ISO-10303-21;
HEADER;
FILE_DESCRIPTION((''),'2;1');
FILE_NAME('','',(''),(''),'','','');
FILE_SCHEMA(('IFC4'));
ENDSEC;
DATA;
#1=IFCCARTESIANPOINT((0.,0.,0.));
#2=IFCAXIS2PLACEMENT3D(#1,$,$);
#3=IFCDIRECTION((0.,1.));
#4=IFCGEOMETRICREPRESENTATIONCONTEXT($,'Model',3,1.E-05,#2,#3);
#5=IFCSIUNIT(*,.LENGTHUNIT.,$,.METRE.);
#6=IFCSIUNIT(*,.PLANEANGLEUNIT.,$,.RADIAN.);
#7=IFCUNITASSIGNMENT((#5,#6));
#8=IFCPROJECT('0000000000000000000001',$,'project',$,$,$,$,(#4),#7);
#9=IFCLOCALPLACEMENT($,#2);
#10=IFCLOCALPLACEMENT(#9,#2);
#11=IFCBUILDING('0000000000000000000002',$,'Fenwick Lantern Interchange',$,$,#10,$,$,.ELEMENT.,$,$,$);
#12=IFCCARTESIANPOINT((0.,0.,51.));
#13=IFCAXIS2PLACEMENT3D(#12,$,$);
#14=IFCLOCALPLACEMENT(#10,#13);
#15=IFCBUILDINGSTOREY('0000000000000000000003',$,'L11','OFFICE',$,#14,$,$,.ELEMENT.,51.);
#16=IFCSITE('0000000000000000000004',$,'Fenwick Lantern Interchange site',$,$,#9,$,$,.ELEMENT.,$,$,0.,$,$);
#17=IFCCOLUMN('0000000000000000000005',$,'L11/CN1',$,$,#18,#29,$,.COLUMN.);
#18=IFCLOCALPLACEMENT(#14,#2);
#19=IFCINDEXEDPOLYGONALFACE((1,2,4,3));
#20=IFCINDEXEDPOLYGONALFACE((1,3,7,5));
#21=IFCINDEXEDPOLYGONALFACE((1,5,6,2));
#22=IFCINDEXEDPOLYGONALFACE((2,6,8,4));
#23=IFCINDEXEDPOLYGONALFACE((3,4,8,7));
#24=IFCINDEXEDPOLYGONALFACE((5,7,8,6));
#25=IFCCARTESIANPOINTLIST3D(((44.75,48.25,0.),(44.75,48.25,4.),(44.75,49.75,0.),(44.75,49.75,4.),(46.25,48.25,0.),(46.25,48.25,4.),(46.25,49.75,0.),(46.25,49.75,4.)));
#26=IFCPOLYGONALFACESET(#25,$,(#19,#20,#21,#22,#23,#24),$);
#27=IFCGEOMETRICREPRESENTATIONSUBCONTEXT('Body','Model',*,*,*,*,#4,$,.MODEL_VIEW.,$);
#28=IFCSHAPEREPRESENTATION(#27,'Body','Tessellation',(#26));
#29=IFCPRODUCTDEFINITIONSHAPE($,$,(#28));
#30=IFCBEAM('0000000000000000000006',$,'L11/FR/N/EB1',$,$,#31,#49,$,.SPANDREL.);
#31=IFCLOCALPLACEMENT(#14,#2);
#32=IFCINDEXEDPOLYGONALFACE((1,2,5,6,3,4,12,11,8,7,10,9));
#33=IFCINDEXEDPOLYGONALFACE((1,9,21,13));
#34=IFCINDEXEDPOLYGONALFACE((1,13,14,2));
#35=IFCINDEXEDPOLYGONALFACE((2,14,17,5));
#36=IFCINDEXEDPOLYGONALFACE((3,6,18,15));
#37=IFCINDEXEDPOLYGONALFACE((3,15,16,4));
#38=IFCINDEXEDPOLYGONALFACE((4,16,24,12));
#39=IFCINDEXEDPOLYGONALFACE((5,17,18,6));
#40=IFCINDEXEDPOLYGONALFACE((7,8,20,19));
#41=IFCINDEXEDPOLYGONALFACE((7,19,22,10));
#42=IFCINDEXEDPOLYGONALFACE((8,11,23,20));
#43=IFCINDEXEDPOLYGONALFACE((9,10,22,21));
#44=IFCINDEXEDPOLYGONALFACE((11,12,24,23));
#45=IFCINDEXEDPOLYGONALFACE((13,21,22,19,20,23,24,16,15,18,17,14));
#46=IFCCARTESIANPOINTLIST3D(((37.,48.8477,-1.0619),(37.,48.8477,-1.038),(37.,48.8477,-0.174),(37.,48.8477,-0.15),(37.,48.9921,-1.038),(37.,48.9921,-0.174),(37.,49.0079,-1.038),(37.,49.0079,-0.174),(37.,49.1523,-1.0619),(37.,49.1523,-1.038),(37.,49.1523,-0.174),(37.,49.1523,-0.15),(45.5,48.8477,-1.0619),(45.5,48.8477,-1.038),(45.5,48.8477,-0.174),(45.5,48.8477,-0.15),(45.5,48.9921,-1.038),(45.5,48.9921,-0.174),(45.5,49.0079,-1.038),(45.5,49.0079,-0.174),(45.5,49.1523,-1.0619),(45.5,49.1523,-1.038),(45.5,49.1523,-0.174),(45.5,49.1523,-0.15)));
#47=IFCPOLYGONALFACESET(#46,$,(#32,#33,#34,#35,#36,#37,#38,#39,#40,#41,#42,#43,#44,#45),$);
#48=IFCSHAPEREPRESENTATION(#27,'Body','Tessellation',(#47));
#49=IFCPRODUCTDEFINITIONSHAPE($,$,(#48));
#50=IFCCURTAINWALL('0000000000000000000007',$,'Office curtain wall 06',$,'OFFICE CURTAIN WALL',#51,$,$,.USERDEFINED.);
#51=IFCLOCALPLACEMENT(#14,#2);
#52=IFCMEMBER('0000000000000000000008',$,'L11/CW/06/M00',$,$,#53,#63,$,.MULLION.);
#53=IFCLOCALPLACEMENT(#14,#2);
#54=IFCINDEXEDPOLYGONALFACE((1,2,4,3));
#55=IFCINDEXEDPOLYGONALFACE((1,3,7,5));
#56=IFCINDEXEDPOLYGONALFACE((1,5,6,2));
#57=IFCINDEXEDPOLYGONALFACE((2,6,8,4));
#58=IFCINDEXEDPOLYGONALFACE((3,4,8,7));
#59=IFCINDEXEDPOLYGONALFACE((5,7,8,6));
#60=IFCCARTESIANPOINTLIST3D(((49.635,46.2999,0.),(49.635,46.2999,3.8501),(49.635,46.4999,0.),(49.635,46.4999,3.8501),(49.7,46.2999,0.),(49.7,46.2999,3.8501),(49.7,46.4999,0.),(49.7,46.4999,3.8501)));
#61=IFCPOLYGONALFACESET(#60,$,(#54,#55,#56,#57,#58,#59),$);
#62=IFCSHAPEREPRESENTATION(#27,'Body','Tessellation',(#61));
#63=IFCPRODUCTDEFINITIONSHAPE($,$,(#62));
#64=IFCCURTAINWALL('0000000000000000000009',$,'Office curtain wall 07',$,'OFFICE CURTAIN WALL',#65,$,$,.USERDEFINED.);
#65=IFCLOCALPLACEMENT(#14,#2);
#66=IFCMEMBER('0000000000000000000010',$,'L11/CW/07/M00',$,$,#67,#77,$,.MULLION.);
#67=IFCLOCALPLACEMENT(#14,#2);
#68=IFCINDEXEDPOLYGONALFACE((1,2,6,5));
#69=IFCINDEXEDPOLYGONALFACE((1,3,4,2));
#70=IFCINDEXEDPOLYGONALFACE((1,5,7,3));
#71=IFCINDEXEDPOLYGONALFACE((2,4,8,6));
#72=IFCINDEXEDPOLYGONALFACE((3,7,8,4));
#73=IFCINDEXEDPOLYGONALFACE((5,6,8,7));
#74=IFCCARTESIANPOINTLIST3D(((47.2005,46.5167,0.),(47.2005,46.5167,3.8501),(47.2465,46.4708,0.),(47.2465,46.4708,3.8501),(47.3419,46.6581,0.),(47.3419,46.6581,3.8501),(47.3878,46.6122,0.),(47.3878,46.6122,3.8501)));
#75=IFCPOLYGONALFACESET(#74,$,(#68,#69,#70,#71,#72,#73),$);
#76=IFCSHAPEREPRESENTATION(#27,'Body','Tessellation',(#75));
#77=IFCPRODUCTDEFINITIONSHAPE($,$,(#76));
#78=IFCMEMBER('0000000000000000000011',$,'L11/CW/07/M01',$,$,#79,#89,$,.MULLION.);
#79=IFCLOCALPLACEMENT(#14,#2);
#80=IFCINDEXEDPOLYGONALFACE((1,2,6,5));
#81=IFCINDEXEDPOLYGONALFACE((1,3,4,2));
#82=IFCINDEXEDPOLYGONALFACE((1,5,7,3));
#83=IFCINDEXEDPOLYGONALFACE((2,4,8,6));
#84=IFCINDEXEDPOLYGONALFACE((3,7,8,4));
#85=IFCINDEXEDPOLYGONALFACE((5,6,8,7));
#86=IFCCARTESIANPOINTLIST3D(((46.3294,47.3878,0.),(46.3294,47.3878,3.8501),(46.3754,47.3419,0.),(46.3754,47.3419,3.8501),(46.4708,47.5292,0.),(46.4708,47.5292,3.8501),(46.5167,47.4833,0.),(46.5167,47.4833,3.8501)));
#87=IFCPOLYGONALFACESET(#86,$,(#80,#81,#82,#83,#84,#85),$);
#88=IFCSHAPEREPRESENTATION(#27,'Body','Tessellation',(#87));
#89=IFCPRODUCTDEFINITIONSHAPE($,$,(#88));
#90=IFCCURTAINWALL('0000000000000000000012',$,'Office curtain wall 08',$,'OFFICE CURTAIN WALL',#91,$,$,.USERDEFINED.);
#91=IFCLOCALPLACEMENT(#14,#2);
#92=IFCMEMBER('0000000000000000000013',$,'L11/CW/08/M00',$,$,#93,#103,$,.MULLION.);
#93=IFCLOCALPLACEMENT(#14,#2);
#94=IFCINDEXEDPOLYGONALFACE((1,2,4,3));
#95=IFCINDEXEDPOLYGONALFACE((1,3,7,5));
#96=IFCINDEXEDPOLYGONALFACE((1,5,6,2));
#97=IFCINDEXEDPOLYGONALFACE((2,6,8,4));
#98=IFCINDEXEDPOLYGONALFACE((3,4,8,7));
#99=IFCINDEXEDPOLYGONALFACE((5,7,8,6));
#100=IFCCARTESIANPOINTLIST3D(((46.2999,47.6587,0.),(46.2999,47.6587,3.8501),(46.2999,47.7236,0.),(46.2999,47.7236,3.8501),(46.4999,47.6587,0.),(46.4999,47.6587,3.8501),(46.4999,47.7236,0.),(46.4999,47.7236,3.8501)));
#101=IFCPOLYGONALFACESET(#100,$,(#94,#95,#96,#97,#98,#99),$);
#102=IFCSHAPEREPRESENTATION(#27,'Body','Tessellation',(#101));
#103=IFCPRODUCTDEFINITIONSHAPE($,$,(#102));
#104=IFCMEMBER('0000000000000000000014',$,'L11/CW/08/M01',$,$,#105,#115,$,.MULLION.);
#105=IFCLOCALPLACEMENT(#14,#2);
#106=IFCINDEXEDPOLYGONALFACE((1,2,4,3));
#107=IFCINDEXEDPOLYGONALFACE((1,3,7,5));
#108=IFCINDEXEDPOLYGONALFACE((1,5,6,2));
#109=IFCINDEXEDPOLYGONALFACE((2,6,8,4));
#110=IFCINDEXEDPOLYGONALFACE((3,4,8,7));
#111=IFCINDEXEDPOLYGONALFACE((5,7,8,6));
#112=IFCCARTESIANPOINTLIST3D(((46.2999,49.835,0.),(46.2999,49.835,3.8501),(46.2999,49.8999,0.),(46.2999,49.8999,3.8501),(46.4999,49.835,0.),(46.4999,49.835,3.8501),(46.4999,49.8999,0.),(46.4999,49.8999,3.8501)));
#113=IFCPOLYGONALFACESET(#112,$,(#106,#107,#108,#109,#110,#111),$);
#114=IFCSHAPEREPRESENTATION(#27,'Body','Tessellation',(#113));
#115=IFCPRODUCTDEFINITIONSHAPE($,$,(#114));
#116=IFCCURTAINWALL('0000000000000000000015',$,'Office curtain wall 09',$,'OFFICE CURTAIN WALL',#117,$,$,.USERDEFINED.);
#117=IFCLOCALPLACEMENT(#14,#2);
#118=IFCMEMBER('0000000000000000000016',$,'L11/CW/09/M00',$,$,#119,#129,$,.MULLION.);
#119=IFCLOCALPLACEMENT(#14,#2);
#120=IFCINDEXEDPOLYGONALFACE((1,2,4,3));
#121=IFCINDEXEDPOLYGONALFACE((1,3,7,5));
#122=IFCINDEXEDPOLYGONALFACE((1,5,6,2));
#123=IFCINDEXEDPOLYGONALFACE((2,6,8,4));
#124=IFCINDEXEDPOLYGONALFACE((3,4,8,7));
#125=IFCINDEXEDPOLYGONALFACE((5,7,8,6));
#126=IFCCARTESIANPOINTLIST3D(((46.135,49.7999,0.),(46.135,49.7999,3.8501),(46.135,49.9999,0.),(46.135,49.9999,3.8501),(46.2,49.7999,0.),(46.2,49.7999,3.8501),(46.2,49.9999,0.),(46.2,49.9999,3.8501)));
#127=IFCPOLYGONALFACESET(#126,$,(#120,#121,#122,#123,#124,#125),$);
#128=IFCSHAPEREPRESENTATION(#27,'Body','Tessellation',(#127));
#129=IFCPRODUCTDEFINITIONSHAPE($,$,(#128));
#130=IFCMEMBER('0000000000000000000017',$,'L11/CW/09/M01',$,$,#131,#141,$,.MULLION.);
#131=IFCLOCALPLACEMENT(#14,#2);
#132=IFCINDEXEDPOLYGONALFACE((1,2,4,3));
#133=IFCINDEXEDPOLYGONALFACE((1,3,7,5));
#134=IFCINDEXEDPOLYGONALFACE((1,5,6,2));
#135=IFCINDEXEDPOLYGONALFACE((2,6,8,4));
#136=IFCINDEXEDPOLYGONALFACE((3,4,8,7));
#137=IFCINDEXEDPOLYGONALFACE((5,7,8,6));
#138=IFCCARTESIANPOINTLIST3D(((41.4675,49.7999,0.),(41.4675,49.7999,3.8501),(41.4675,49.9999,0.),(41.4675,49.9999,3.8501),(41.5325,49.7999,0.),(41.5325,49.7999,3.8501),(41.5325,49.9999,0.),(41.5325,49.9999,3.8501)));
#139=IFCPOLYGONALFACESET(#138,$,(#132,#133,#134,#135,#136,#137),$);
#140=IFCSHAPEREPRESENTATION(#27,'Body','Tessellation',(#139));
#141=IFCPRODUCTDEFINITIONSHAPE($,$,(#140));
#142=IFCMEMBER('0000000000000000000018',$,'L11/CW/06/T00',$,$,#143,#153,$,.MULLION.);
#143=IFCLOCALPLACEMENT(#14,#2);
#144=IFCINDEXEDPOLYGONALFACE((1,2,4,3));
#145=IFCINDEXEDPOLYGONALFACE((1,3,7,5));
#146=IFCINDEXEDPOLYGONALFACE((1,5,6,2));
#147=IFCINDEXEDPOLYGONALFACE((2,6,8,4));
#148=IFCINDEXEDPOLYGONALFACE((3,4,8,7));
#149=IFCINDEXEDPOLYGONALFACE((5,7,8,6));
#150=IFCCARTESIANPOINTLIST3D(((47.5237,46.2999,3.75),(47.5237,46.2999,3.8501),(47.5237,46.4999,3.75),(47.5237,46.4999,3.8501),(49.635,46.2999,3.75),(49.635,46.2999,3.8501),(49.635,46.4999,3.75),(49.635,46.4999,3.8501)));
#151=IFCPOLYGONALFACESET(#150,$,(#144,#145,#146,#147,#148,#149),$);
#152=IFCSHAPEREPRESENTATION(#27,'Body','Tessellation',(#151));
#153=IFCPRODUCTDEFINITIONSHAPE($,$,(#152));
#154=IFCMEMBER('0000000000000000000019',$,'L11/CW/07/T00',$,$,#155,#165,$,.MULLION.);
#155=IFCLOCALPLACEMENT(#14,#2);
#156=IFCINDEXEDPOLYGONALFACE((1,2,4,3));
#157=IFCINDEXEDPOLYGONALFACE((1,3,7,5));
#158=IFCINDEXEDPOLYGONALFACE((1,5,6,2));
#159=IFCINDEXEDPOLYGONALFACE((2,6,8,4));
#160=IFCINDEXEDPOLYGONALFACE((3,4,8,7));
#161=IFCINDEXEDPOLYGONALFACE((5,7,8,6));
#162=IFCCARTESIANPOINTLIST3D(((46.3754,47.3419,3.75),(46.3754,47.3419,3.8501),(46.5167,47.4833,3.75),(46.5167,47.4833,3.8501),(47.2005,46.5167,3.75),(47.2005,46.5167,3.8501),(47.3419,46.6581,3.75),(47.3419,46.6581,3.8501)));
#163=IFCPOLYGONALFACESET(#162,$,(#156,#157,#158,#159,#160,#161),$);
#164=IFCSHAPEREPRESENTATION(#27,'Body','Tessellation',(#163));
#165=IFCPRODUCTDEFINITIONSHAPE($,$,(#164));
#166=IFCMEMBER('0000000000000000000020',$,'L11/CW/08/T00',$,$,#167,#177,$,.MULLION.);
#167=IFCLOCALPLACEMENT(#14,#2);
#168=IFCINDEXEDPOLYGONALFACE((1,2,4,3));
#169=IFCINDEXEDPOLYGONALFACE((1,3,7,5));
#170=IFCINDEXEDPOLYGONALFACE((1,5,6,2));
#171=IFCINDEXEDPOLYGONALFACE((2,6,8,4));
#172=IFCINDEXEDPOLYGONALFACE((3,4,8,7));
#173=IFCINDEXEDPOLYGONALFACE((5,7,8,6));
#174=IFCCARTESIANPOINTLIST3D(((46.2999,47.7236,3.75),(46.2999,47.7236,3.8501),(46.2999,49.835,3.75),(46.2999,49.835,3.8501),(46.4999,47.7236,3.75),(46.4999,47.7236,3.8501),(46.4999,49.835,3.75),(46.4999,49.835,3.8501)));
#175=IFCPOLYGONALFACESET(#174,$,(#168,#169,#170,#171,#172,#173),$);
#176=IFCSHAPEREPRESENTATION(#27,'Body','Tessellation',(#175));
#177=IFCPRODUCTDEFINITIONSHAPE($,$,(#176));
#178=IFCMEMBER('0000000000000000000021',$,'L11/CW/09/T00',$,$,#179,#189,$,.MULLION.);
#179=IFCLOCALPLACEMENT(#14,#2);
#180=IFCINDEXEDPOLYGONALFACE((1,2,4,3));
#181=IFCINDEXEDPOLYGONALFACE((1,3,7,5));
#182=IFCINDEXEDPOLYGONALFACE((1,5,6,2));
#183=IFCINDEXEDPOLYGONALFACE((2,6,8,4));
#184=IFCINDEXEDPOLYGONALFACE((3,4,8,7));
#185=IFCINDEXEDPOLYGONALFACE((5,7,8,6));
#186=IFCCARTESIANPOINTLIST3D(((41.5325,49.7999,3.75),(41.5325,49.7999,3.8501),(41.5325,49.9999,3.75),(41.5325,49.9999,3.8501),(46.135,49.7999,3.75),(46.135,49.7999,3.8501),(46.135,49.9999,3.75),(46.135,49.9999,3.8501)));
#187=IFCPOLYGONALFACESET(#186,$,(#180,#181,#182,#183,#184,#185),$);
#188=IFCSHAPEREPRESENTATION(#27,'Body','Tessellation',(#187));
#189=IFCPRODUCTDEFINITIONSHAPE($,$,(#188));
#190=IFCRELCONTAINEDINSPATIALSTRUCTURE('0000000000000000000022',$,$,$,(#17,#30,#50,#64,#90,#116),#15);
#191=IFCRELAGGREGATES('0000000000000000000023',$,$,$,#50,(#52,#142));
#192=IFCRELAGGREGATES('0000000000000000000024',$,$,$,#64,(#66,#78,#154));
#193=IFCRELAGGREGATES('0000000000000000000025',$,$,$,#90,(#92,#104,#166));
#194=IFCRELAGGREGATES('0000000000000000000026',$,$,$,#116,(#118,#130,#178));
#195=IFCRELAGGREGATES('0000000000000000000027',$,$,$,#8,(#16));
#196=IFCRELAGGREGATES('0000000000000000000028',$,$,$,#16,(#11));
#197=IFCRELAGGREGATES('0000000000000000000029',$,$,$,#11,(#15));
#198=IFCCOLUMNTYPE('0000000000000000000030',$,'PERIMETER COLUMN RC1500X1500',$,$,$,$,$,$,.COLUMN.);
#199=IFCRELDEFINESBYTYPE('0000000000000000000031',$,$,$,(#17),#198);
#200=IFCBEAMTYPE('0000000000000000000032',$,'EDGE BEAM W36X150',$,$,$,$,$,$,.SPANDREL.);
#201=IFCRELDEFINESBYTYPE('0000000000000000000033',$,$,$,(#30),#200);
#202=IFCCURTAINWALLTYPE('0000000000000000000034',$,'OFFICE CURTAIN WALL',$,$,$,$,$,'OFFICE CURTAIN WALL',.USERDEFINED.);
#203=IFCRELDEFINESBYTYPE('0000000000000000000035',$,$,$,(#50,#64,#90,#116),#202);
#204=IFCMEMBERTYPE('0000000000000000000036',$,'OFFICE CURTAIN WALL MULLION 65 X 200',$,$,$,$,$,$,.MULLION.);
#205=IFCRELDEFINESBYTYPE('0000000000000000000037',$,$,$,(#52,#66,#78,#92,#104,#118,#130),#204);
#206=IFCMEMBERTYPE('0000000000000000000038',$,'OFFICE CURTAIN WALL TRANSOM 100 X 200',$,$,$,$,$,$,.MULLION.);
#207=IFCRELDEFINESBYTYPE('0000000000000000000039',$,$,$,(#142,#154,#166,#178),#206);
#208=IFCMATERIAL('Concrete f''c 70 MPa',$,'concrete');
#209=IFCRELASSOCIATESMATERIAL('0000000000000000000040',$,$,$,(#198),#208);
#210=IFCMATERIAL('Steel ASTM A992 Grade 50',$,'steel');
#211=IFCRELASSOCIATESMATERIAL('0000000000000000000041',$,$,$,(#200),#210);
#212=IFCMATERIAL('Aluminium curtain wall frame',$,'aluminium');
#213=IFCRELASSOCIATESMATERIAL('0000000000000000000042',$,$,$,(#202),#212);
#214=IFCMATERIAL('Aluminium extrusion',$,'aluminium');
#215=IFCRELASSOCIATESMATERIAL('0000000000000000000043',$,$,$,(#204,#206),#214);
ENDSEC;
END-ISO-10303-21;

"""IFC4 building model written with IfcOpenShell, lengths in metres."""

from ifc_helpers import new_model, si_unit, direction, frame, origin, origin_2d, place, context, subcontext, project, spatial, rectangle, i_section, extrude, material, material_profile, profile_set, type_object, element, aggregate, save


model = new_model("IFC4")

# Units and contexts
model_context = context("Model", 3, precision=1e-05, world=origin(), true_north=direction((0.0, 1.0)))
body_context = subcontext(model_context, "Body", "Model", "MODEL_VIEW")
ifc_project = project(units=[si_unit("LENGTHUNIT", "METRE"), si_unit("PLANEANGLEUNIT", "RADIAN")], contexts=[model_context])

# Site, building, storey
site_placement = place(None, origin())
site = spatial("IfcSite", under=ifc_project, at=site_placement, Name="Fenwick Lantern Interchange site", CompositionType="ELEMENT", RefElevation=0.0)
building_placement = place(site_placement, origin())
building = spatial("IfcBuilding", under=site, at=building_placement, Name="Fenwick Lantern Interchange", CompositionType="ELEMENT")
storey_placement = place(building_placement, frame((0.0, 0.0, 51.0)))
storey = spatial("IfcBuildingStorey", under=building, at=storey_placement, Name="L11", Description="OFFICE", CompositionType="ELEMENT", Elevation=51.0)

# Column
ifc_material_1 = material(Name="Concrete f'c 70 MPa", Category="concrete")
ifc_material_profile_1 = material_profile(ifc_material_1, rectangle(XDim=1.5, YDim=1.5, at=origin_2d()), Name="RC1500X1500")
ifc_profile_set_1 = profile_set([ifc_material_profile_1], Name="Concrete f'c 70 MPa")
column_type = type_object("IfcColumnType", Name="PERIMETER COLUMN RC1500X1500", PredefinedType="COLUMN", material=ifc_profile_set_1)
column_placement = place(storey_placement, frame((45.5, 49.0, 0.0), z_axis=(0.0, 0.0, 1.0), x_axis=(1.0, 0.0, 0.0)))
element("IfcColumn", 1, at=column_placement, inside=storey, type_object=column_type, Name="L11/CN1", PredefinedType="COLUMN", context=body_context, shape_type="SweptSolid", body=[
    extrude(rectangle(XDim=1.5, YDim=1.5, at=origin_2d()), origin(), (0.0, 0.0, 1.0), 4.0),
])

# Beam
ifc_material_2 = material(Name="Steel ASTM A992 Grade 50", Category="steel")
ifc_material_profile_2 = material_profile(ifc_material_2, i_section(OverallWidth=0.3047, OverallDepth=0.9119, WebThickness=0.0159, FlangeThickness=0.0239, at=origin_2d()), Name="W36X150")
ifc_profile_set_2 = profile_set([ifc_material_profile_2], Name="Steel ASTM A992 Grade 50")
beam_type = type_object("IfcBeamType", Name="EDGE BEAM W36X150", PredefinedType="SPANDREL", material=ifc_profile_set_2)
beam_placement = place(storey_placement, frame((45.5, 49.0, -0.606), z_axis=(-1.0, 0.0, 0.0), x_axis=(0.0, -1.0, 0.0)))
element("IfcBeam", 2, at=beam_placement, inside=storey, type_object=beam_type, Name="L11/FR/N/EB1", PredefinedType="SPANDREL", context=body_context, shape_type="SweptSolid", body=[
    extrude(i_section(OverallWidth=0.3047, OverallDepth=0.9119, WebThickness=0.0159, FlangeThickness=0.0239, at=origin_2d()), origin(), (0.0, 0.0, 1.0), 8.5),
])

# Curtain wall, member
ifc_material_3 = material(Name="Aluminium curtain wall frame", Category="aluminium")
curtain_wall_type = type_object("IfcCurtainWallType", Name="OFFICE CURTAIN WALL", ElementType="OFFICE CURTAIN WALL", PredefinedType="USERDEFINED", material=ifc_material_3)
curtain_wall_1_placement = place(storey_placement, origin())
curtain_wall_1 = element("IfcCurtainWall", 3, at=curtain_wall_1_placement, inside=storey, type_object=curtain_wall_type, Name="Office curtain wall 06", ObjectType="OFFICE CURTAIN WALL", PredefinedType="USERDEFINED")
ifc_material_4 = material(Name="Aluminium extrusion", Category="aluminium")
ifc_material_profile_3 = material_profile(ifc_material_4, rectangle(XDim=0.2, YDim=0.0649, at=origin_2d()), Name="OFFICE CURTAIN WALL MULLION 65 X 200")
ifc_profile_set_3 = profile_set([ifc_material_profile_3], Name="Aluminium extrusion")
member_type_1 = type_object("IfcMemberType", Name="OFFICE CURTAIN WALL MULLION 65 X 200", PredefinedType="MULLION", material=ifc_profile_set_3)
member_1_placement = place(storey_placement, frame((49.6675, 46.3999, 0.0), z_axis=(0.0, 0.0, 1.0), x_axis=(0.0, -1.0, 0.0)))
member_1 = element("IfcMember", 4, at=member_1_placement, type_object=member_type_1, Name="L11/CW/06/M00", PredefinedType="MULLION", context=body_context, shape_type="SweptSolid", body=[
    extrude(rectangle(XDim=0.2, YDim=0.0649, at=origin_2d()), origin(), (0.0, 0.0, 1.0), 3.8501),
])

# Curtain walls, members
curtain_wall_2_placement = place(storey_placement, origin())
curtain_wall_2 = element("IfcCurtainWall", 5, at=curtain_wall_2_placement, inside=storey, type_object=curtain_wall_type, Name="Office curtain wall 07", ObjectType="OFFICE CURTAIN WALL", PredefinedType="USERDEFINED")
member_2_placement = place(storey_placement, frame((47.2942, 46.5645, 0.0), z_axis=(0.0, 0.0, 1.0), x_axis=(-0.707107, -0.707107, 0.0)))
member_2 = element("IfcMember", 6, at=member_2_placement, type_object=member_type_1, Name="L11/CW/07/M00", PredefinedType="MULLION", context=body_context, shape_type="SweptSolid", body=[
    extrude(rectangle(XDim=0.2, YDim=0.0649, at=origin_2d()), origin(), (0.0, 0.0, 1.0), 3.8501),
])
member_3_placement = place(storey_placement, frame((46.4231, 47.4355, 0.0), z_axis=(0.0, 0.0, 1.0), x_axis=(-0.707107, -0.707107, 0.0)))
member_3 = element("IfcMember", 7, at=member_3_placement, type_object=member_type_1, Name="L11/CW/07/M01", PredefinedType="MULLION", context=body_context, shape_type="SweptSolid", body=[
    extrude(rectangle(XDim=0.2, YDim=0.0649, at=origin_2d()), origin(), (0.0, 0.0, 1.0), 3.8501),
])
curtain_wall_3_placement = place(storey_placement, origin())
curtain_wall_3 = element("IfcCurtainWall", 8, at=curtain_wall_3_placement, inside=storey, type_object=curtain_wall_type, Name="Office curtain wall 08", ObjectType="OFFICE CURTAIN WALL", PredefinedType="USERDEFINED")
member_4_placement = place(storey_placement, frame((46.3999, 47.6912, 0.0), z_axis=(0.0, 0.0, 1.0), x_axis=(-1.0, 0.0, 0.0)))
member_4 = element("IfcMember", 9, at=member_4_placement, type_object=member_type_1, Name="L11/CW/08/M00", PredefinedType="MULLION", context=body_context, shape_type="SweptSolid", body=[
    extrude(rectangle(XDim=0.2, YDim=0.0649, at=origin_2d()), origin(), (0.0, 0.0, 1.0), 3.8501),
])
member_5_placement = place(storey_placement, frame((46.3999, 49.8674, 0.0), z_axis=(0.0, 0.0, 1.0), x_axis=(-1.0, 0.0, 0.0)))
member_5 = element("IfcMember", 10, at=member_5_placement, type_object=member_type_1, Name="L11/CW/08/M01", PredefinedType="MULLION", context=body_context, shape_type="SweptSolid", body=[
    extrude(rectangle(XDim=0.2, YDim=0.0649, at=origin_2d()), origin(), (0.0, 0.0, 1.0), 3.8501),
])
curtain_wall_4_placement = place(storey_placement, origin())
curtain_wall_4 = element("IfcCurtainWall", 11, at=curtain_wall_4_placement, inside=storey, type_object=curtain_wall_type, Name="Office curtain wall 09", ObjectType="OFFICE CURTAIN WALL", PredefinedType="USERDEFINED")
member_6_placement = place(storey_placement, frame((46.1675, 49.8999, 0.0), z_axis=(0.0, 0.0, 1.0), x_axis=(0.0, -1.0, 0.0)))
member_6 = element("IfcMember", 12, at=member_6_placement, type_object=member_type_1, Name="L11/CW/09/M00", PredefinedType="MULLION", context=body_context, shape_type="SweptSolid", body=[
    extrude(rectangle(XDim=0.2, YDim=0.0649, at=origin_2d()), origin(), (0.0, 0.0, 1.0), 3.8501),
])
member_7_placement = place(storey_placement, frame((41.5, 49.8999, 0.0), z_axis=(0.0, 0.0, 1.0), x_axis=(0.0, -1.0, 0.0)))
member_7 = element("IfcMember", 13, at=member_7_placement, type_object=member_type_1, Name="L11/CW/09/M01", PredefinedType="MULLION", context=body_context, shape_type="SweptSolid", body=[
    extrude(rectangle(XDim=0.2, YDim=0.0649, at=origin_2d()), origin(), (0.0, 0.0, 1.0), 3.8501),
])

# Members
ifc_material_profile_4 = material_profile(ifc_material_4, rectangle(XDim=0.2, YDim=0.1001, at=origin_2d()), Name="OFFICE CURTAIN WALL TRANSOM 100 X 200")
ifc_profile_set_4 = profile_set([ifc_material_profile_4], Name="Aluminium extrusion")
member_type_2 = type_object("IfcMemberType", Name="OFFICE CURTAIN WALL TRANSOM 100 X 200", PredefinedType="MULLION", material=ifc_profile_set_4)
member_8_placement = place(storey_placement, frame((49.635, 46.3999, 3.8), z_axis=(-1.0, 0.0, 0.0), x_axis=(0.0, -1.0, 0.0)))
member_8 = element("IfcMember", 14, at=member_8_placement, type_object=member_type_2, Name="L11/CW/06/T00", PredefinedType="MULLION", context=body_context, shape_type="SweptSolid", body=[
    extrude(rectangle(XDim=0.2, YDim=0.1001, at=origin_2d()), origin(), (0.0, 0.0, 1.0), 2.1113),
])
aggregate(curtain_wall_1, [member_1, member_8])
member_9_placement = place(storey_placement, frame((47.2712, 46.5874, 3.8), z_axis=(-0.707107, 0.707107, 0.0), x_axis=(-0.707107, -0.707107, 0.0)))
member_9 = element("IfcMember", 15, at=member_9_placement, type_object=member_type_2, Name="L11/CW/07/T00", PredefinedType="MULLION", context=body_context, shape_type="SweptSolid", body=[
    extrude(rectangle(XDim=0.2, YDim=0.1001, at=origin_2d()), origin(), (0.0, 0.0, 1.0), 1.167),
])
member_10_placement = place(storey_placement, frame((46.3999, 47.7236, 3.8), z_axis=(0.0, 1.0, 0.0), x_axis=(-1.0, 0.0, 0.0)))
member_10 = element("IfcMember", 16, at=member_10_placement, type_object=member_type_2, Name="L11/CW/08/T00", PredefinedType="MULLION", context=body_context, shape_type="SweptSolid", body=[
    extrude(rectangle(XDim=0.2, YDim=0.1001, at=origin_2d()), origin(), (0.0, 0.0, 1.0), 2.1113),
])
member_11_placement = place(storey_placement, frame((46.135, 49.8999, 3.8), z_axis=(-1.0, 0.0, 0.0), x_axis=(0.0, -1.0, 0.0)))
member_11 = element("IfcMember", 17, at=member_11_placement, type_object=member_type_2, Name="L11/CW/09/T00", PredefinedType="MULLION", context=body_context, shape_type="SweptSolid", body=[
    extrude(rectangle(XDim=0.2, YDim=0.1001, at=origin_2d()), origin(), (0.0, 0.0, 1.0), 4.6025),
])

aggregate(curtain_wall_2, [member_2, member_3, member_9])
aggregate(curtain_wall_3, [member_4, member_5, member_10])
aggregate(curtain_wall_4, [member_6, member_7, member_11])

save(model, "model.ifc")
